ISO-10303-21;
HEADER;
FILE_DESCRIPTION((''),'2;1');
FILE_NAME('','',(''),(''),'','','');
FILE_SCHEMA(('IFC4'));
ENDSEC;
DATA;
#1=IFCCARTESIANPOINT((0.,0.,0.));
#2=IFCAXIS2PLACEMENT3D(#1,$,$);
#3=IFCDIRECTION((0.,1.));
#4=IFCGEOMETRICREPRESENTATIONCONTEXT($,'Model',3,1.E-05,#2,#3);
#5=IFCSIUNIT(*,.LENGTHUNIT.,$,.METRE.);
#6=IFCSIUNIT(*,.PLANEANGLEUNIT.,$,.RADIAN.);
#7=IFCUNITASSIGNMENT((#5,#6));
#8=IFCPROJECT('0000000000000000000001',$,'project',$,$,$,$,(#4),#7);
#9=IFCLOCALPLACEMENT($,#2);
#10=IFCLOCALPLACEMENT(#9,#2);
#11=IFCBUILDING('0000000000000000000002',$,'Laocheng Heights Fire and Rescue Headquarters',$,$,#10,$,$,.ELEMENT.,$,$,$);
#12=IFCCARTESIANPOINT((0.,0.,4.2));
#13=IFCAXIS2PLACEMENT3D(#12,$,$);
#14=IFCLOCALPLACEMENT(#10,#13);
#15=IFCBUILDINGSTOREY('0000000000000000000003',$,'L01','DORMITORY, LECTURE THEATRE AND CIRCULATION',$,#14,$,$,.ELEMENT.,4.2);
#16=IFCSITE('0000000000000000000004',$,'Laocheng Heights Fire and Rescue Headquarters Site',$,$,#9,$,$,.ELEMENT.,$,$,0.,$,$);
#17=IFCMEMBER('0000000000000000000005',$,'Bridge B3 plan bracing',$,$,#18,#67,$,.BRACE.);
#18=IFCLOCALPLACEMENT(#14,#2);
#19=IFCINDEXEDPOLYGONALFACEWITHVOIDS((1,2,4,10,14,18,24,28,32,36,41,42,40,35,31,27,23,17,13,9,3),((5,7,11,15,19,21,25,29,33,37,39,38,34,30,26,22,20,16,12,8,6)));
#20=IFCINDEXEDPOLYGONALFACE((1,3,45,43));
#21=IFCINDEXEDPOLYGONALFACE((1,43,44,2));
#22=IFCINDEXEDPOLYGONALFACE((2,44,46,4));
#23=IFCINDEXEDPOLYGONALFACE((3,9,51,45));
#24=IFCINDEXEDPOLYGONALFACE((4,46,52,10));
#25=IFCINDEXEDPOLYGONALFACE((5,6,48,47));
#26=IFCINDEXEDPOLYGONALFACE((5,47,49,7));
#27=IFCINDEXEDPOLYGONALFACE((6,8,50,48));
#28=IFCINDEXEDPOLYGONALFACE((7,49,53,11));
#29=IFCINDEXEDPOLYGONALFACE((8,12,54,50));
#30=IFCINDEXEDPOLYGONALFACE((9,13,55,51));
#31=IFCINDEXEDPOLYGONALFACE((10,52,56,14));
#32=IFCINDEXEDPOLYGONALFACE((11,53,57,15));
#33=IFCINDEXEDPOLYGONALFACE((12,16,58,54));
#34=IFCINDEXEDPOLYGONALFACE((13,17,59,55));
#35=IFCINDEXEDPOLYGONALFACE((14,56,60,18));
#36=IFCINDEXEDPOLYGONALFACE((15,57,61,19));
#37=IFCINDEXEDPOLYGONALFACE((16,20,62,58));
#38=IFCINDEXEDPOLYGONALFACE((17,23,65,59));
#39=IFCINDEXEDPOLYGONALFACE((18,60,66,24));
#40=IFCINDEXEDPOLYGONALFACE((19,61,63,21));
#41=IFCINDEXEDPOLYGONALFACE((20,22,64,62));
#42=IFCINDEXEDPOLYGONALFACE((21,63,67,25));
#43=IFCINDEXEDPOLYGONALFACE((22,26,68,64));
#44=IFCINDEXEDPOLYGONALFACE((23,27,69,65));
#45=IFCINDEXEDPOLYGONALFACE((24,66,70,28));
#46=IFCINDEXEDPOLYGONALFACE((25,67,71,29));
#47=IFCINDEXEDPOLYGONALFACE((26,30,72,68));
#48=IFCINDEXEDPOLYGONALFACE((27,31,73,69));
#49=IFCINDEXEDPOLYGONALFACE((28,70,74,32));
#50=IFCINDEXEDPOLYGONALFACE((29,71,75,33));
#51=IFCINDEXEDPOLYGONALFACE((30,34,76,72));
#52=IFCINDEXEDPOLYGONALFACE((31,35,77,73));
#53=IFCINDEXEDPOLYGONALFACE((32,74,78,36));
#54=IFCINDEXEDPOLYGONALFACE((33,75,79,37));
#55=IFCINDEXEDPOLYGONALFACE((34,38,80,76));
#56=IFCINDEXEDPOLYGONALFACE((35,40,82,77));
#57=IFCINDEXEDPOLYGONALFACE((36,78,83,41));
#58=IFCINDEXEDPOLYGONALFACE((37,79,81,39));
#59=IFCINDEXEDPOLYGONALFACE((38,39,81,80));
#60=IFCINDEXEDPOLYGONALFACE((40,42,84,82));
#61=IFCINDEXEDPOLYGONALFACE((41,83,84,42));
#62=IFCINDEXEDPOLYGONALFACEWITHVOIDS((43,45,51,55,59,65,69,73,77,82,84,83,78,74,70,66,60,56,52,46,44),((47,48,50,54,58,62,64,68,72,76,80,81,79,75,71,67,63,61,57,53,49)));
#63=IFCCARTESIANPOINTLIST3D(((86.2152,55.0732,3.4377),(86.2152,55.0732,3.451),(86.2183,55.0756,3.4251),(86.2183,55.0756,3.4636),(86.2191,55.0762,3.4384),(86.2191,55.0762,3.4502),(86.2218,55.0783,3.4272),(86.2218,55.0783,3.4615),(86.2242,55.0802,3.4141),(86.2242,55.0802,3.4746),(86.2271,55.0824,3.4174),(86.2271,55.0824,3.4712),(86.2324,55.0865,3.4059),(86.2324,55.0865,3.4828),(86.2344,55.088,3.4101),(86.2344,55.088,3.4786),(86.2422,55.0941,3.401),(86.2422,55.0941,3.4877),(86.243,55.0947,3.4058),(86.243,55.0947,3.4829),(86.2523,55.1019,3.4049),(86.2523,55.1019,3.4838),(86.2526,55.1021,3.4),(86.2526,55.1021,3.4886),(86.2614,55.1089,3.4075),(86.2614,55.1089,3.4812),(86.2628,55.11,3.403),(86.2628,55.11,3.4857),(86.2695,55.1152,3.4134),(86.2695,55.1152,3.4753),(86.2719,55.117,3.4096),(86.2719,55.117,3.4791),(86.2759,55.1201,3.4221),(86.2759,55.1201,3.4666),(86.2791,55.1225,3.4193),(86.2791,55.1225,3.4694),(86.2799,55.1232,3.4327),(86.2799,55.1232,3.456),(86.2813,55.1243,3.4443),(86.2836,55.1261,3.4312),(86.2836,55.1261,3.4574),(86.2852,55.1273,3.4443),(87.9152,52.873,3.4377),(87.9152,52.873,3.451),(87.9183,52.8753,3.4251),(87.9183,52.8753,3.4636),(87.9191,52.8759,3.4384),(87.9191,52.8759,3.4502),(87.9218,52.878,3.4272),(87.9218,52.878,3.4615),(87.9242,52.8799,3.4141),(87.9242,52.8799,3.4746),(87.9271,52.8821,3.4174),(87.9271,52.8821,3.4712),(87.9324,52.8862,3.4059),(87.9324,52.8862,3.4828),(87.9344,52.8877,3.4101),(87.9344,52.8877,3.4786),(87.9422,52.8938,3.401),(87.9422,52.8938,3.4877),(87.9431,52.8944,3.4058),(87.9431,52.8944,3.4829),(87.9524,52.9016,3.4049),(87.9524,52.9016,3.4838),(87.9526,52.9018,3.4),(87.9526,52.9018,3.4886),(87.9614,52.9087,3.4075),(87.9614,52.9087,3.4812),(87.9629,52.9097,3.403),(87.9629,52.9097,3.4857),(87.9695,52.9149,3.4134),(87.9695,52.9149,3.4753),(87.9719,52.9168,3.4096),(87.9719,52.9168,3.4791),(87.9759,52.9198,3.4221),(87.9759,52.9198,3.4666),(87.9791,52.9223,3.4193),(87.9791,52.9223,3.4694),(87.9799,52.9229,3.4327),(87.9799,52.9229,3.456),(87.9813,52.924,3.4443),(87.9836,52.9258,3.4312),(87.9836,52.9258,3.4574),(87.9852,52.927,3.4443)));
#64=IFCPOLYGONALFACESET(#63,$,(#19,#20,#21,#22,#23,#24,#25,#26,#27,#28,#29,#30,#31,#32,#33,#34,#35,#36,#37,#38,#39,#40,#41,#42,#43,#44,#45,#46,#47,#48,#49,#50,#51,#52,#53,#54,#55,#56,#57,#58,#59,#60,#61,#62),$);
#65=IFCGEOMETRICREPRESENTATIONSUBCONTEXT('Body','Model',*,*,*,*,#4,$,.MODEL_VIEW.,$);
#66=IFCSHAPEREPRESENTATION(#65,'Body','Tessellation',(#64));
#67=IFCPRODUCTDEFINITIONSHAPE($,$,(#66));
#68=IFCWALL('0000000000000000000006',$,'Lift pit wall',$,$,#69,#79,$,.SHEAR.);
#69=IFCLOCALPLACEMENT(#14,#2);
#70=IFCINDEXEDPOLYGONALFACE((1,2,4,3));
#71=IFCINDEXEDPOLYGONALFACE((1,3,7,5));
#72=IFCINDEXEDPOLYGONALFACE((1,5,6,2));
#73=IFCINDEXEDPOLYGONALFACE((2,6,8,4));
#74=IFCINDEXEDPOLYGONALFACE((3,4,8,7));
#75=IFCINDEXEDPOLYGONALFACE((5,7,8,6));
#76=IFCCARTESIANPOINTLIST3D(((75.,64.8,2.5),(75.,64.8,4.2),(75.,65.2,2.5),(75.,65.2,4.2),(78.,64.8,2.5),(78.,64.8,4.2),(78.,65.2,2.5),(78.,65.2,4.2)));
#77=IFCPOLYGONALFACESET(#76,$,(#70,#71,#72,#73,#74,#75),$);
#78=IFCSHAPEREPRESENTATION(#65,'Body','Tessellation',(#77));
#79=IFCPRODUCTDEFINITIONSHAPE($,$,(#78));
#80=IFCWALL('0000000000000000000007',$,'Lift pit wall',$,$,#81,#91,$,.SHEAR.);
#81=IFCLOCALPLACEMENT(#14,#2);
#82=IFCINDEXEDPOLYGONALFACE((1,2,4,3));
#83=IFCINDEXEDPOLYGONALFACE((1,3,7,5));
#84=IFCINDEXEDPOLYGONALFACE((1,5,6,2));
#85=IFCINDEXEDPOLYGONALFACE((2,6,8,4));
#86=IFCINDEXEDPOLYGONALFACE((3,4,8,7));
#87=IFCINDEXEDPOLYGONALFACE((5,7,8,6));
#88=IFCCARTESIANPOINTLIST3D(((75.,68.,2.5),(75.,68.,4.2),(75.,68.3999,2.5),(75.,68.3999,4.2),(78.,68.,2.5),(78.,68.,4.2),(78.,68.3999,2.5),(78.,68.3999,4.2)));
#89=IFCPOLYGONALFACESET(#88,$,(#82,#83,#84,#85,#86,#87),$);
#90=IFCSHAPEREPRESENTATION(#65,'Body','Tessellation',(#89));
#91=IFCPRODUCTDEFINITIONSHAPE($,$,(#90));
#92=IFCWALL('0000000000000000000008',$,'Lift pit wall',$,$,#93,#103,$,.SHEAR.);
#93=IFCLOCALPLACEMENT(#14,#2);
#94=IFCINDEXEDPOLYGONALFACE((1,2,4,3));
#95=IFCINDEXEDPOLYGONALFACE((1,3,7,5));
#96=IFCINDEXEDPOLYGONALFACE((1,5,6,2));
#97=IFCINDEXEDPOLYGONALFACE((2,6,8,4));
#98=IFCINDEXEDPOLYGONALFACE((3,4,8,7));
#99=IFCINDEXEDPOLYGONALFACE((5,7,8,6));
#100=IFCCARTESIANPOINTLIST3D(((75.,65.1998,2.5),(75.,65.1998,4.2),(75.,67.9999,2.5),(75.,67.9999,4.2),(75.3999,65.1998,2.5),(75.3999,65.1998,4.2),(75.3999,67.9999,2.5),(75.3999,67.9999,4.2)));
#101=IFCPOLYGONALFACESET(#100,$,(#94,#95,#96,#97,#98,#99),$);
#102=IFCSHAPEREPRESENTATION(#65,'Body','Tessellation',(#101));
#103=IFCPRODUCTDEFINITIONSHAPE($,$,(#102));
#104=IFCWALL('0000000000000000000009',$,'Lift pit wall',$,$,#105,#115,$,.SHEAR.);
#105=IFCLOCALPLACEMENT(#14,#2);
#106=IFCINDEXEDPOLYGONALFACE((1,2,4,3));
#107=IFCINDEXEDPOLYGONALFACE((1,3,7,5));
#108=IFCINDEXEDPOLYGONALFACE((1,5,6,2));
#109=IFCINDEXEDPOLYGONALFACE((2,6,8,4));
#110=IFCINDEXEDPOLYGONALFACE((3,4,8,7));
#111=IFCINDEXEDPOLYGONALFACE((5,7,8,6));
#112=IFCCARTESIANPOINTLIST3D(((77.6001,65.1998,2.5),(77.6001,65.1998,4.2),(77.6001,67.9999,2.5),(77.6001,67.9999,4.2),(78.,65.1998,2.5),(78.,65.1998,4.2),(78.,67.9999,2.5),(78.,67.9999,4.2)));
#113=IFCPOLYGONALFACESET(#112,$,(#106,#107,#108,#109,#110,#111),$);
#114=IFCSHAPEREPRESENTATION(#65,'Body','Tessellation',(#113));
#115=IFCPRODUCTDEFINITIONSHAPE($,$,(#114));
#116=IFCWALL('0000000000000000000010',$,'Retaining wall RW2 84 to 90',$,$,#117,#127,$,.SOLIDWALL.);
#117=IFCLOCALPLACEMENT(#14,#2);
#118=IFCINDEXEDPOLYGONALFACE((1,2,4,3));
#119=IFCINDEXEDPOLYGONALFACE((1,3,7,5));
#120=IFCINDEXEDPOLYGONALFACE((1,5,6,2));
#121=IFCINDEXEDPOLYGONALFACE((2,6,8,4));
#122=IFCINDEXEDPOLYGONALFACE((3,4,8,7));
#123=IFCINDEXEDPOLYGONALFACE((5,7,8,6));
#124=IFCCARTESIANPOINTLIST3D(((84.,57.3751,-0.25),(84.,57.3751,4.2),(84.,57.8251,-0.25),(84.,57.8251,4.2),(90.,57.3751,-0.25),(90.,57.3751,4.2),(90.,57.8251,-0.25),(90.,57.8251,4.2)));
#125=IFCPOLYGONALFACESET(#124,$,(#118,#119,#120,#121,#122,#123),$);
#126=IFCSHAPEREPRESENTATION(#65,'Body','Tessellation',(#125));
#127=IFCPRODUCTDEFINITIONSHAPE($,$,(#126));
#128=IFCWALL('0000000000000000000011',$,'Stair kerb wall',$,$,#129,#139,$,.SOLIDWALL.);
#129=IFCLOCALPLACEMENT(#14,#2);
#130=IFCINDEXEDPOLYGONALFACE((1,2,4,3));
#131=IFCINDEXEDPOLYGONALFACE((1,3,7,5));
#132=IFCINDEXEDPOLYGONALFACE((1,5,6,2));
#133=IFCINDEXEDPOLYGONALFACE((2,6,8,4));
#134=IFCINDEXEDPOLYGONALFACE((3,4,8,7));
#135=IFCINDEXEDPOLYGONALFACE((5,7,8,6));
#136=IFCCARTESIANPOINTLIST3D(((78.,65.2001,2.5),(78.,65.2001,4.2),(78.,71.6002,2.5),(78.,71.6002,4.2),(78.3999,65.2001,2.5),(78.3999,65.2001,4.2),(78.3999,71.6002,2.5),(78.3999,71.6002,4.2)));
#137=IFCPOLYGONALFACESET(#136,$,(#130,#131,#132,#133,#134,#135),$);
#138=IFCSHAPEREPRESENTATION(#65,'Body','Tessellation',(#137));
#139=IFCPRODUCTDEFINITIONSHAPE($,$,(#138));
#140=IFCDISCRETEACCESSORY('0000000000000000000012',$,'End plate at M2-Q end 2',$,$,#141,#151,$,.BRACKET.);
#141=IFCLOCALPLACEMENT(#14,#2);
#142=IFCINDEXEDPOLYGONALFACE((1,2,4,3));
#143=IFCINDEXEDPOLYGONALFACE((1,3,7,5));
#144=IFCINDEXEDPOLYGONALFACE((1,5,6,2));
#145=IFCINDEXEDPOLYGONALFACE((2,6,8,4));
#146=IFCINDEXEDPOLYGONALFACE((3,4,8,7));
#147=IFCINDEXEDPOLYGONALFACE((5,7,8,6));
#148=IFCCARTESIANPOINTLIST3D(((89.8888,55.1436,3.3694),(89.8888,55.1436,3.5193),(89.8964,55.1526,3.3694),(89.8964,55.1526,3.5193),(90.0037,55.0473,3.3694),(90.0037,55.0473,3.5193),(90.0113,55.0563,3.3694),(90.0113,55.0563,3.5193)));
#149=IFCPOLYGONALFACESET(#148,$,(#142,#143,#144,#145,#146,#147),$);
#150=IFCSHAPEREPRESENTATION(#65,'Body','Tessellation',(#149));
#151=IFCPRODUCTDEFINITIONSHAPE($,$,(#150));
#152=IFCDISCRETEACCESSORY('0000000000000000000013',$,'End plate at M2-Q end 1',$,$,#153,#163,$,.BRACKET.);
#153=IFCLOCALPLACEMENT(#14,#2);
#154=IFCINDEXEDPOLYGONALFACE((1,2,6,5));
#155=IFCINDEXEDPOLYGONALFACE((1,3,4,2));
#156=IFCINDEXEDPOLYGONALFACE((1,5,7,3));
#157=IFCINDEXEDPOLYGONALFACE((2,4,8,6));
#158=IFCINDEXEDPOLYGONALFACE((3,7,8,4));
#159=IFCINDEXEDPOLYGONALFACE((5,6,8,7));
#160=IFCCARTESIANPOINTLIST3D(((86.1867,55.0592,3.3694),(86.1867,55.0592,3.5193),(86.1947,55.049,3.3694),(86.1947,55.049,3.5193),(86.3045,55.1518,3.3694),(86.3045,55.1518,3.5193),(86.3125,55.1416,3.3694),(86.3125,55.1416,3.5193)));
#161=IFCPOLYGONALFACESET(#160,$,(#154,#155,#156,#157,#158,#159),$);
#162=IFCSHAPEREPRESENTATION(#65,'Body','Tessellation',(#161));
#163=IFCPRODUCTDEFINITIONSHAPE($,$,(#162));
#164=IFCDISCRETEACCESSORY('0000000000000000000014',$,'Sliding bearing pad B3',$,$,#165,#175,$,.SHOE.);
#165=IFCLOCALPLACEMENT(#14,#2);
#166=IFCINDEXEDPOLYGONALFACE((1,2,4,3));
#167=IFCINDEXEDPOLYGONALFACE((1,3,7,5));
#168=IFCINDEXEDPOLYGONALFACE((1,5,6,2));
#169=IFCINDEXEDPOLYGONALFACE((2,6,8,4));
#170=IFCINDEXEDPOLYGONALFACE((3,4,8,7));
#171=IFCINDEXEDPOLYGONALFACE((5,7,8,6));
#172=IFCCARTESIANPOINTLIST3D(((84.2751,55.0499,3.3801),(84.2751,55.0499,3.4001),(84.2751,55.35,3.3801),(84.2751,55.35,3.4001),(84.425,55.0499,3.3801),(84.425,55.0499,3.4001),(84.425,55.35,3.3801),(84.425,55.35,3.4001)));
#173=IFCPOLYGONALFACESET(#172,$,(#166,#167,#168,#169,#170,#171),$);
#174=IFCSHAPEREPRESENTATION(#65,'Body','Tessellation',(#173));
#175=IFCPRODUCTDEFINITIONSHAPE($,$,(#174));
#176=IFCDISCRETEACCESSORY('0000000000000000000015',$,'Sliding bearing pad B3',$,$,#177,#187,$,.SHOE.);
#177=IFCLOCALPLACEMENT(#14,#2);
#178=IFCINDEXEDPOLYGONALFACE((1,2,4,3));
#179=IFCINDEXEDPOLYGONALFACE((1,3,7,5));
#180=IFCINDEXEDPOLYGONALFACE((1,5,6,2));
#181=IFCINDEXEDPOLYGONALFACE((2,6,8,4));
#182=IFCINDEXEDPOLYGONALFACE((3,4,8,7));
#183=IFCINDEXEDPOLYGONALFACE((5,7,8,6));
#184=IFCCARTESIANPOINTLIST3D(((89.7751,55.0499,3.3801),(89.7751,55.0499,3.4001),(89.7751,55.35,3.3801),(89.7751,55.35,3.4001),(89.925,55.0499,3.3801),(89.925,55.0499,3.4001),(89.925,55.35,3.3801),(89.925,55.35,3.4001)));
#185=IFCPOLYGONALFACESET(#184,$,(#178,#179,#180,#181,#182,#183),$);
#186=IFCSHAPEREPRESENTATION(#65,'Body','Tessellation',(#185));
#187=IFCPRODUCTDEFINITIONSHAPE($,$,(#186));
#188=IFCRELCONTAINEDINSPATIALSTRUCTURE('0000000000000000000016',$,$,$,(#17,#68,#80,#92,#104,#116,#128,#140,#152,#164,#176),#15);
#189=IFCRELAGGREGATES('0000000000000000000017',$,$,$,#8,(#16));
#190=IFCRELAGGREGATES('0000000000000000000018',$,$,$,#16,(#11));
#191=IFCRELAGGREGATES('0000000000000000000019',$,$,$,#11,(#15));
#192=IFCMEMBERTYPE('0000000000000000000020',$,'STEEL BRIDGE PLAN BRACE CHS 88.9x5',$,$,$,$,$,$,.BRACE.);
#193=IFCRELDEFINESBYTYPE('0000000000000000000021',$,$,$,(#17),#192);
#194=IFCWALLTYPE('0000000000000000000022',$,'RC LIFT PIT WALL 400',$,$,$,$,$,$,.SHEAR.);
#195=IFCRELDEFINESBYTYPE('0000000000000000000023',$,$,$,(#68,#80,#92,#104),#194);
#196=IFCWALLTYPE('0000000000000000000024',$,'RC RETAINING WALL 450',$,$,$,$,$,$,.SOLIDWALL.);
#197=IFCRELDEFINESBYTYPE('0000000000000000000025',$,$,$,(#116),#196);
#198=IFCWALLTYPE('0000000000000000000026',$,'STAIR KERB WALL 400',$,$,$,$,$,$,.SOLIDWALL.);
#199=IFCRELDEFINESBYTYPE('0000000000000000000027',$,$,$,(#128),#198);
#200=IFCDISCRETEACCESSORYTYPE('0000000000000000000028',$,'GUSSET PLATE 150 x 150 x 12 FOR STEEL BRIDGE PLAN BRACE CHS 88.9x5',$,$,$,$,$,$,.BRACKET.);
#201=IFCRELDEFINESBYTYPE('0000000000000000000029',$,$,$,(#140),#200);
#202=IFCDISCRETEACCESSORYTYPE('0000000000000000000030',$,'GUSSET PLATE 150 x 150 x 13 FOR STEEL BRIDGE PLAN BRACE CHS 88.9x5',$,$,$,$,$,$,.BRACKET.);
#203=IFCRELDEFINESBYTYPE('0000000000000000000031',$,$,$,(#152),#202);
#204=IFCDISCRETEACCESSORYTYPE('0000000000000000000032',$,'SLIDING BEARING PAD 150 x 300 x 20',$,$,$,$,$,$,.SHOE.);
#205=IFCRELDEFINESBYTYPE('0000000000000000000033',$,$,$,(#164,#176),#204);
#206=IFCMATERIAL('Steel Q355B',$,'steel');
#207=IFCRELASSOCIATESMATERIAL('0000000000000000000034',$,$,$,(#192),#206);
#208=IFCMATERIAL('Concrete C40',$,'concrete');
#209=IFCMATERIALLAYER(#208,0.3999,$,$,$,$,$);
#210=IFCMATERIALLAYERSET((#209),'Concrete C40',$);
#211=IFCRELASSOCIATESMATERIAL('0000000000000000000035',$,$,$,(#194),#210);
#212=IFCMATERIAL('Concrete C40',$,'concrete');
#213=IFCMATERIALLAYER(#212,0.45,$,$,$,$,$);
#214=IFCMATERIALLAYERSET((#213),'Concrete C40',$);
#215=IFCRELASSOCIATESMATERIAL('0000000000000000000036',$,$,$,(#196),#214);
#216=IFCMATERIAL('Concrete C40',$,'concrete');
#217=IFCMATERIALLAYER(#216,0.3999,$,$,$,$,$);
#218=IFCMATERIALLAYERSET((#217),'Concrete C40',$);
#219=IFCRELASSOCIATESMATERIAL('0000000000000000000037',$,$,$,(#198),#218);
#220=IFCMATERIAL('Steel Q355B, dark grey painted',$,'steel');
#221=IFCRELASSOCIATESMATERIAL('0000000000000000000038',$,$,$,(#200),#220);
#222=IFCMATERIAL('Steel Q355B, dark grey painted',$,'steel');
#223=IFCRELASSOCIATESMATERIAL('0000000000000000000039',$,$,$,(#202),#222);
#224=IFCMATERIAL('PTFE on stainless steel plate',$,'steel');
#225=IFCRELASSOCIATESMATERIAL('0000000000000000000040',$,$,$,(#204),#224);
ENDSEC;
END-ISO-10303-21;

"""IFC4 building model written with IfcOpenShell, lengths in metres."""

from ifc_helpers import new_model, si_unit, direction, frame, frame_2d, origin, origin_2d, place, context, subcontext, project, spatial, rectangle, hollow_circle, extrude, material, layer, layer_set, material_profile, profile_set, type_object, element, save


model = new_model("IFC4")

# Units and contexts
model_context = context("Model", 3, precision=1e-05, world=origin(), true_north=direction((0.0, 1.0)))
body_context = subcontext(model_context, "Body", "Model", "MODEL_VIEW")
ifc_project = project(units=[si_unit("LENGTHUNIT", "METRE"), si_unit("PLANEANGLEUNIT", "RADIAN")], contexts=[model_context])

# Site, building, storey
site_placement = place(None, origin())
site = spatial("IfcSite", under=ifc_project, at=site_placement, Name="Laocheng Heights Fire and Rescue Headquarters Site", CompositionType="ELEMENT", RefElevation=0.0)
building_placement = place(site_placement, origin())
building = spatial("IfcBuilding", under=site, at=building_placement, Name="Laocheng Heights Fire and Rescue Headquarters", CompositionType="ELEMENT")
storey_placement = place(building_placement, frame((0.0, 0.0, 4.2)))
storey = spatial("IfcBuildingStorey", under=building, at=storey_placement, Name="L01", Description="DORMITORY, LECTURE THEATRE AND CIRCULATION", CompositionType="ELEMENT", Elevation=4.2)

# Member
ifc_material_1 = material(Name="Steel Q355B", Category="steel")
ifc_material_profile_1 = material_profile(ifc_material_1, hollow_circle(Radius=0.0444, WallThickness=0.0049, at=origin_2d()), Name="CHS 88.9x5")
ifc_profile_set_1 = profile_set([ifc_material_profile_1], Name="Steel Q355B")
member_type = type_object("IfcMemberType", Name="STEEL BRIDGE PLAN BRACE CHS 88.9x5", PredefinedType="BRACE", material=ifc_profile_set_1)
member_placement = place(storey_placement, frame((86.25, 55.1001, 3.4443), z_axis=(0.611403, -0.79132, 0.0), x_axis=(0.79132, 0.611403, 0.0)))
element("IfcMember", 1, at=member_placement, inside=storey, type_object=member_type, Name="Bridge B3 plan bracing", PredefinedType="BRACE", context=body_context, shape_type="SweptSolid", body=[
    extrude(hollow_circle(Radius=0.0444, WallThickness=0.0049, at=origin_2d()), origin(), (0.0, 0.0, 1.0), 2.7805),
])

# Walls
ifc_material_2 = material(Name="Concrete C40", Category="concrete")
ifc_layer_1 = layer(ifc_material_2, 0.3999)
ifc_layer_set_1 = layer_set([ifc_layer_1], Name="Concrete C40")
wall_type_1 = type_object("IfcWallType", Name="RC LIFT PIT WALL 400", PredefinedType="SHEAR", material=ifc_layer_set_1)
for number, where, z_axis, x_axis, name in (
    (2, (75.0, 65.0, 2.5), (0.0, 0.0, 1.0), (1.0, 0.0, 0.0), "Lift pit wall"),
    (3, (75.0, 68.2, 2.5), (0.0, 0.0, 1.0), (1.0, 0.0, 0.0), "Lift pit wall"),
):
    element("IfcWall", number, at=place(storey_placement, frame(where, z_axis=z_axis, x_axis=x_axis)), inside=storey, type_object=wall_type_1, Name=name, PredefinedType="SHEAR", context=body_context, shape_type="SweptSolid", body=[
        extrude(rectangle(XDim=3.0, YDim=0.3999, at=frame_2d((1.5, 0.0))), origin(), (0.0, 0.0, 1.0), 1.7),
    ])
for number, where, z_axis, x_axis, name in (
    (4, (75.2, 65.2, 2.5), (0.0, 0.0, 1.0), (0.0, 1.0, 0.0), "Lift pit wall"),
    (5, (77.8, 65.2, 2.5), (0.0, 0.0, 1.0), (0.0, 1.0, 0.0), "Lift pit wall"),
):
    element("IfcWall", number, at=place(storey_placement, frame(where, z_axis=z_axis, x_axis=x_axis)), inside=storey, type_object=wall_type_1, Name=name, PredefinedType="SHEAR", context=body_context, shape_type="SweptSolid", body=[
        extrude(rectangle(XDim=2.8, YDim=0.3999, at=frame_2d((1.3999, 0.0))), origin(), (0.0, 0.0, 1.0), 1.7),
    ])
ifc_material_3 = material(Name="Concrete C40", Category="concrete")
ifc_layer_2 = layer(ifc_material_3, 0.45)
ifc_layer_set_2 = layer_set([ifc_layer_2], Name="Concrete C40")
wall_type_2 = type_object("IfcWallType", Name="RC RETAINING WALL 450", PredefinedType="SOLIDWALL", material=ifc_layer_set_2)
wall_1_placement = place(storey_placement, frame((84.0, 57.6001, -0.25), z_axis=(0.0, 0.0, 1.0), x_axis=(1.0, 0.0, 0.0)))
element("IfcWall", 6, at=wall_1_placement, inside=storey, type_object=wall_type_2, Name="Retaining wall RW2 84 to 90", PredefinedType="SOLIDWALL", context=body_context, shape_type="SweptSolid", body=[
    extrude(rectangle(XDim=6.0, YDim=0.45, at=frame_2d((3.0, 0.0))), origin(), (0.0, 0.0, 1.0), 4.45),
])
ifc_material_4 = material(Name="Concrete C40", Category="concrete")
ifc_layer_3 = layer(ifc_material_4, 0.3999)
ifc_layer_set_3 = layer_set([ifc_layer_3], Name="Concrete C40")
wall_type_3 = type_object("IfcWallType", Name="STAIR KERB WALL 400", PredefinedType="SOLIDWALL", material=ifc_layer_set_3)
wall_2_placement = place(storey_placement, frame((78.2, 65.2, 2.5), z_axis=(0.0, 0.0, 1.0), x_axis=(0.0, 1.0, 0.0)))
element("IfcWall", 7, at=wall_2_placement, inside=storey, type_object=wall_type_3, Name="Stair kerb wall", PredefinedType="SOLIDWALL", context=body_context, shape_type="SweptSolid", body=[
    extrude(rectangle(XDim=6.4001, YDim=0.3999, at=frame_2d((3.2002, 0.0))), origin(), (0.0, 0.0, 1.0), 1.7),
])

# Discrete accessories
ifc_material_5 = material(Name="Steel Q355B, dark grey painted", Category="steel")
ifc_material_profile_2 = material_profile(ifc_material_5, rectangle(XDim=0.1499, YDim=0.1499, at=origin_2d()), Name="GUSSET PLATE 150 x 150 x 12 FOR STEEL BRIDGE PLAN BRACE CHS 88.9x5")
ifc_profile_set_2 = profile_set([ifc_material_profile_2], Name="Steel Q355B, dark grey painted")
discrete_accessory_type_1 = type_object("IfcDiscreteAccessoryType", Name="GUSSET PLATE 150 x 150 x 12 FOR STEEL BRIDGE PLAN BRACE CHS 88.9x5", PredefinedType="BRACKET", material=ifc_profile_set_2)
discrete_accessory_1_placement = place(storey_placement, frame((89.9463, 55.0955, 3.4443), z_axis=(0.64222, 0.76652, 0.0), x_axis=(-0.76652, 0.64222, 0.0)))
element("IfcDiscreteAccessory", 8, at=discrete_accessory_1_placement, inside=storey, type_object=discrete_accessory_type_1, Name="End plate at M2-Q end 2", PredefinedType="BRACKET", context=body_context, shape_type="SweptSolid", body=[
    extrude(rectangle(XDim=0.1499, YDim=0.1499, at=origin_2d()), origin(), (0.0, 0.0, 1.0), 0.0117),
])
ifc_material_6 = material(Name="Steel Q355B, dark grey painted", Category="steel")
ifc_material_profile_3 = material_profile(ifc_material_6, rectangle(XDim=0.1499, YDim=0.1499, at=origin_2d()), Name="GUSSET PLATE 150 x 150 x 13 FOR STEEL BRIDGE PLAN BRACE CHS 88.9x5")
ifc_profile_set_3 = profile_set([ifc_material_profile_3], Name="Steel Q355B, dark grey painted")
discrete_accessory_type_2 = type_object("IfcDiscreteAccessoryType", Name="GUSSET PLATE 150 x 150 x 13 FOR STEEL BRIDGE PLAN BRACE CHS 88.9x5", PredefinedType="BRACKET", material=ifc_profile_set_3)
discrete_accessory_2_placement = place(storey_placement, frame((86.2456, 55.1055, 3.4443), z_axis=(0.617822, -0.786318, 0.0), x_axis=(0.786318, 0.617822, 0.0)))
element("IfcDiscreteAccessory", 9, at=discrete_accessory_2_placement, inside=storey, type_object=discrete_accessory_type_2, Name="End plate at M2-Q end 1", PredefinedType="BRACKET", context=body_context, shape_type="SweptSolid", body=[
    extrude(rectangle(XDim=0.1499, YDim=0.1499, at=origin_2d()), origin(), (0.0, 0.0, 1.0), 0.0129),
])
ifc_material_7 = material(Name="PTFE on stainless steel plate", Category="steel")
discrete_accessory_type_3 = type_object("IfcDiscreteAccessoryType", Name="SLIDING BEARING PAD 150 x 300 x 20", PredefinedType="SHOE", material=ifc_material_7)
for number, where, z_axis, x_axis, name in (
    (10, (84.3501, 55.2, 3.3801), (0.0, 0.0, 1.0), (1.0, 0.0, 0.0), "Sliding bearing pad B3"),
    (11, (89.8501, 55.2, 3.3801), (0.0, 0.0, 1.0), (1.0, 0.0, 0.0), "Sliding bearing pad B3"),
):
    element("IfcDiscreteAccessory", number, at=place(storey_placement, frame(where, z_axis=z_axis, x_axis=x_axis)), inside=storey, type_object=discrete_accessory_type_3, Name=name, PredefinedType="SHOE", context=body_context, shape_type="SweptSolid", body=[
        extrude(rectangle(XDim=0.1499, YDim=0.3, at=origin_2d()), origin(), (0.0, 0.0, 1.0), 0.02),
    ])

save(model, "model.ifc")
